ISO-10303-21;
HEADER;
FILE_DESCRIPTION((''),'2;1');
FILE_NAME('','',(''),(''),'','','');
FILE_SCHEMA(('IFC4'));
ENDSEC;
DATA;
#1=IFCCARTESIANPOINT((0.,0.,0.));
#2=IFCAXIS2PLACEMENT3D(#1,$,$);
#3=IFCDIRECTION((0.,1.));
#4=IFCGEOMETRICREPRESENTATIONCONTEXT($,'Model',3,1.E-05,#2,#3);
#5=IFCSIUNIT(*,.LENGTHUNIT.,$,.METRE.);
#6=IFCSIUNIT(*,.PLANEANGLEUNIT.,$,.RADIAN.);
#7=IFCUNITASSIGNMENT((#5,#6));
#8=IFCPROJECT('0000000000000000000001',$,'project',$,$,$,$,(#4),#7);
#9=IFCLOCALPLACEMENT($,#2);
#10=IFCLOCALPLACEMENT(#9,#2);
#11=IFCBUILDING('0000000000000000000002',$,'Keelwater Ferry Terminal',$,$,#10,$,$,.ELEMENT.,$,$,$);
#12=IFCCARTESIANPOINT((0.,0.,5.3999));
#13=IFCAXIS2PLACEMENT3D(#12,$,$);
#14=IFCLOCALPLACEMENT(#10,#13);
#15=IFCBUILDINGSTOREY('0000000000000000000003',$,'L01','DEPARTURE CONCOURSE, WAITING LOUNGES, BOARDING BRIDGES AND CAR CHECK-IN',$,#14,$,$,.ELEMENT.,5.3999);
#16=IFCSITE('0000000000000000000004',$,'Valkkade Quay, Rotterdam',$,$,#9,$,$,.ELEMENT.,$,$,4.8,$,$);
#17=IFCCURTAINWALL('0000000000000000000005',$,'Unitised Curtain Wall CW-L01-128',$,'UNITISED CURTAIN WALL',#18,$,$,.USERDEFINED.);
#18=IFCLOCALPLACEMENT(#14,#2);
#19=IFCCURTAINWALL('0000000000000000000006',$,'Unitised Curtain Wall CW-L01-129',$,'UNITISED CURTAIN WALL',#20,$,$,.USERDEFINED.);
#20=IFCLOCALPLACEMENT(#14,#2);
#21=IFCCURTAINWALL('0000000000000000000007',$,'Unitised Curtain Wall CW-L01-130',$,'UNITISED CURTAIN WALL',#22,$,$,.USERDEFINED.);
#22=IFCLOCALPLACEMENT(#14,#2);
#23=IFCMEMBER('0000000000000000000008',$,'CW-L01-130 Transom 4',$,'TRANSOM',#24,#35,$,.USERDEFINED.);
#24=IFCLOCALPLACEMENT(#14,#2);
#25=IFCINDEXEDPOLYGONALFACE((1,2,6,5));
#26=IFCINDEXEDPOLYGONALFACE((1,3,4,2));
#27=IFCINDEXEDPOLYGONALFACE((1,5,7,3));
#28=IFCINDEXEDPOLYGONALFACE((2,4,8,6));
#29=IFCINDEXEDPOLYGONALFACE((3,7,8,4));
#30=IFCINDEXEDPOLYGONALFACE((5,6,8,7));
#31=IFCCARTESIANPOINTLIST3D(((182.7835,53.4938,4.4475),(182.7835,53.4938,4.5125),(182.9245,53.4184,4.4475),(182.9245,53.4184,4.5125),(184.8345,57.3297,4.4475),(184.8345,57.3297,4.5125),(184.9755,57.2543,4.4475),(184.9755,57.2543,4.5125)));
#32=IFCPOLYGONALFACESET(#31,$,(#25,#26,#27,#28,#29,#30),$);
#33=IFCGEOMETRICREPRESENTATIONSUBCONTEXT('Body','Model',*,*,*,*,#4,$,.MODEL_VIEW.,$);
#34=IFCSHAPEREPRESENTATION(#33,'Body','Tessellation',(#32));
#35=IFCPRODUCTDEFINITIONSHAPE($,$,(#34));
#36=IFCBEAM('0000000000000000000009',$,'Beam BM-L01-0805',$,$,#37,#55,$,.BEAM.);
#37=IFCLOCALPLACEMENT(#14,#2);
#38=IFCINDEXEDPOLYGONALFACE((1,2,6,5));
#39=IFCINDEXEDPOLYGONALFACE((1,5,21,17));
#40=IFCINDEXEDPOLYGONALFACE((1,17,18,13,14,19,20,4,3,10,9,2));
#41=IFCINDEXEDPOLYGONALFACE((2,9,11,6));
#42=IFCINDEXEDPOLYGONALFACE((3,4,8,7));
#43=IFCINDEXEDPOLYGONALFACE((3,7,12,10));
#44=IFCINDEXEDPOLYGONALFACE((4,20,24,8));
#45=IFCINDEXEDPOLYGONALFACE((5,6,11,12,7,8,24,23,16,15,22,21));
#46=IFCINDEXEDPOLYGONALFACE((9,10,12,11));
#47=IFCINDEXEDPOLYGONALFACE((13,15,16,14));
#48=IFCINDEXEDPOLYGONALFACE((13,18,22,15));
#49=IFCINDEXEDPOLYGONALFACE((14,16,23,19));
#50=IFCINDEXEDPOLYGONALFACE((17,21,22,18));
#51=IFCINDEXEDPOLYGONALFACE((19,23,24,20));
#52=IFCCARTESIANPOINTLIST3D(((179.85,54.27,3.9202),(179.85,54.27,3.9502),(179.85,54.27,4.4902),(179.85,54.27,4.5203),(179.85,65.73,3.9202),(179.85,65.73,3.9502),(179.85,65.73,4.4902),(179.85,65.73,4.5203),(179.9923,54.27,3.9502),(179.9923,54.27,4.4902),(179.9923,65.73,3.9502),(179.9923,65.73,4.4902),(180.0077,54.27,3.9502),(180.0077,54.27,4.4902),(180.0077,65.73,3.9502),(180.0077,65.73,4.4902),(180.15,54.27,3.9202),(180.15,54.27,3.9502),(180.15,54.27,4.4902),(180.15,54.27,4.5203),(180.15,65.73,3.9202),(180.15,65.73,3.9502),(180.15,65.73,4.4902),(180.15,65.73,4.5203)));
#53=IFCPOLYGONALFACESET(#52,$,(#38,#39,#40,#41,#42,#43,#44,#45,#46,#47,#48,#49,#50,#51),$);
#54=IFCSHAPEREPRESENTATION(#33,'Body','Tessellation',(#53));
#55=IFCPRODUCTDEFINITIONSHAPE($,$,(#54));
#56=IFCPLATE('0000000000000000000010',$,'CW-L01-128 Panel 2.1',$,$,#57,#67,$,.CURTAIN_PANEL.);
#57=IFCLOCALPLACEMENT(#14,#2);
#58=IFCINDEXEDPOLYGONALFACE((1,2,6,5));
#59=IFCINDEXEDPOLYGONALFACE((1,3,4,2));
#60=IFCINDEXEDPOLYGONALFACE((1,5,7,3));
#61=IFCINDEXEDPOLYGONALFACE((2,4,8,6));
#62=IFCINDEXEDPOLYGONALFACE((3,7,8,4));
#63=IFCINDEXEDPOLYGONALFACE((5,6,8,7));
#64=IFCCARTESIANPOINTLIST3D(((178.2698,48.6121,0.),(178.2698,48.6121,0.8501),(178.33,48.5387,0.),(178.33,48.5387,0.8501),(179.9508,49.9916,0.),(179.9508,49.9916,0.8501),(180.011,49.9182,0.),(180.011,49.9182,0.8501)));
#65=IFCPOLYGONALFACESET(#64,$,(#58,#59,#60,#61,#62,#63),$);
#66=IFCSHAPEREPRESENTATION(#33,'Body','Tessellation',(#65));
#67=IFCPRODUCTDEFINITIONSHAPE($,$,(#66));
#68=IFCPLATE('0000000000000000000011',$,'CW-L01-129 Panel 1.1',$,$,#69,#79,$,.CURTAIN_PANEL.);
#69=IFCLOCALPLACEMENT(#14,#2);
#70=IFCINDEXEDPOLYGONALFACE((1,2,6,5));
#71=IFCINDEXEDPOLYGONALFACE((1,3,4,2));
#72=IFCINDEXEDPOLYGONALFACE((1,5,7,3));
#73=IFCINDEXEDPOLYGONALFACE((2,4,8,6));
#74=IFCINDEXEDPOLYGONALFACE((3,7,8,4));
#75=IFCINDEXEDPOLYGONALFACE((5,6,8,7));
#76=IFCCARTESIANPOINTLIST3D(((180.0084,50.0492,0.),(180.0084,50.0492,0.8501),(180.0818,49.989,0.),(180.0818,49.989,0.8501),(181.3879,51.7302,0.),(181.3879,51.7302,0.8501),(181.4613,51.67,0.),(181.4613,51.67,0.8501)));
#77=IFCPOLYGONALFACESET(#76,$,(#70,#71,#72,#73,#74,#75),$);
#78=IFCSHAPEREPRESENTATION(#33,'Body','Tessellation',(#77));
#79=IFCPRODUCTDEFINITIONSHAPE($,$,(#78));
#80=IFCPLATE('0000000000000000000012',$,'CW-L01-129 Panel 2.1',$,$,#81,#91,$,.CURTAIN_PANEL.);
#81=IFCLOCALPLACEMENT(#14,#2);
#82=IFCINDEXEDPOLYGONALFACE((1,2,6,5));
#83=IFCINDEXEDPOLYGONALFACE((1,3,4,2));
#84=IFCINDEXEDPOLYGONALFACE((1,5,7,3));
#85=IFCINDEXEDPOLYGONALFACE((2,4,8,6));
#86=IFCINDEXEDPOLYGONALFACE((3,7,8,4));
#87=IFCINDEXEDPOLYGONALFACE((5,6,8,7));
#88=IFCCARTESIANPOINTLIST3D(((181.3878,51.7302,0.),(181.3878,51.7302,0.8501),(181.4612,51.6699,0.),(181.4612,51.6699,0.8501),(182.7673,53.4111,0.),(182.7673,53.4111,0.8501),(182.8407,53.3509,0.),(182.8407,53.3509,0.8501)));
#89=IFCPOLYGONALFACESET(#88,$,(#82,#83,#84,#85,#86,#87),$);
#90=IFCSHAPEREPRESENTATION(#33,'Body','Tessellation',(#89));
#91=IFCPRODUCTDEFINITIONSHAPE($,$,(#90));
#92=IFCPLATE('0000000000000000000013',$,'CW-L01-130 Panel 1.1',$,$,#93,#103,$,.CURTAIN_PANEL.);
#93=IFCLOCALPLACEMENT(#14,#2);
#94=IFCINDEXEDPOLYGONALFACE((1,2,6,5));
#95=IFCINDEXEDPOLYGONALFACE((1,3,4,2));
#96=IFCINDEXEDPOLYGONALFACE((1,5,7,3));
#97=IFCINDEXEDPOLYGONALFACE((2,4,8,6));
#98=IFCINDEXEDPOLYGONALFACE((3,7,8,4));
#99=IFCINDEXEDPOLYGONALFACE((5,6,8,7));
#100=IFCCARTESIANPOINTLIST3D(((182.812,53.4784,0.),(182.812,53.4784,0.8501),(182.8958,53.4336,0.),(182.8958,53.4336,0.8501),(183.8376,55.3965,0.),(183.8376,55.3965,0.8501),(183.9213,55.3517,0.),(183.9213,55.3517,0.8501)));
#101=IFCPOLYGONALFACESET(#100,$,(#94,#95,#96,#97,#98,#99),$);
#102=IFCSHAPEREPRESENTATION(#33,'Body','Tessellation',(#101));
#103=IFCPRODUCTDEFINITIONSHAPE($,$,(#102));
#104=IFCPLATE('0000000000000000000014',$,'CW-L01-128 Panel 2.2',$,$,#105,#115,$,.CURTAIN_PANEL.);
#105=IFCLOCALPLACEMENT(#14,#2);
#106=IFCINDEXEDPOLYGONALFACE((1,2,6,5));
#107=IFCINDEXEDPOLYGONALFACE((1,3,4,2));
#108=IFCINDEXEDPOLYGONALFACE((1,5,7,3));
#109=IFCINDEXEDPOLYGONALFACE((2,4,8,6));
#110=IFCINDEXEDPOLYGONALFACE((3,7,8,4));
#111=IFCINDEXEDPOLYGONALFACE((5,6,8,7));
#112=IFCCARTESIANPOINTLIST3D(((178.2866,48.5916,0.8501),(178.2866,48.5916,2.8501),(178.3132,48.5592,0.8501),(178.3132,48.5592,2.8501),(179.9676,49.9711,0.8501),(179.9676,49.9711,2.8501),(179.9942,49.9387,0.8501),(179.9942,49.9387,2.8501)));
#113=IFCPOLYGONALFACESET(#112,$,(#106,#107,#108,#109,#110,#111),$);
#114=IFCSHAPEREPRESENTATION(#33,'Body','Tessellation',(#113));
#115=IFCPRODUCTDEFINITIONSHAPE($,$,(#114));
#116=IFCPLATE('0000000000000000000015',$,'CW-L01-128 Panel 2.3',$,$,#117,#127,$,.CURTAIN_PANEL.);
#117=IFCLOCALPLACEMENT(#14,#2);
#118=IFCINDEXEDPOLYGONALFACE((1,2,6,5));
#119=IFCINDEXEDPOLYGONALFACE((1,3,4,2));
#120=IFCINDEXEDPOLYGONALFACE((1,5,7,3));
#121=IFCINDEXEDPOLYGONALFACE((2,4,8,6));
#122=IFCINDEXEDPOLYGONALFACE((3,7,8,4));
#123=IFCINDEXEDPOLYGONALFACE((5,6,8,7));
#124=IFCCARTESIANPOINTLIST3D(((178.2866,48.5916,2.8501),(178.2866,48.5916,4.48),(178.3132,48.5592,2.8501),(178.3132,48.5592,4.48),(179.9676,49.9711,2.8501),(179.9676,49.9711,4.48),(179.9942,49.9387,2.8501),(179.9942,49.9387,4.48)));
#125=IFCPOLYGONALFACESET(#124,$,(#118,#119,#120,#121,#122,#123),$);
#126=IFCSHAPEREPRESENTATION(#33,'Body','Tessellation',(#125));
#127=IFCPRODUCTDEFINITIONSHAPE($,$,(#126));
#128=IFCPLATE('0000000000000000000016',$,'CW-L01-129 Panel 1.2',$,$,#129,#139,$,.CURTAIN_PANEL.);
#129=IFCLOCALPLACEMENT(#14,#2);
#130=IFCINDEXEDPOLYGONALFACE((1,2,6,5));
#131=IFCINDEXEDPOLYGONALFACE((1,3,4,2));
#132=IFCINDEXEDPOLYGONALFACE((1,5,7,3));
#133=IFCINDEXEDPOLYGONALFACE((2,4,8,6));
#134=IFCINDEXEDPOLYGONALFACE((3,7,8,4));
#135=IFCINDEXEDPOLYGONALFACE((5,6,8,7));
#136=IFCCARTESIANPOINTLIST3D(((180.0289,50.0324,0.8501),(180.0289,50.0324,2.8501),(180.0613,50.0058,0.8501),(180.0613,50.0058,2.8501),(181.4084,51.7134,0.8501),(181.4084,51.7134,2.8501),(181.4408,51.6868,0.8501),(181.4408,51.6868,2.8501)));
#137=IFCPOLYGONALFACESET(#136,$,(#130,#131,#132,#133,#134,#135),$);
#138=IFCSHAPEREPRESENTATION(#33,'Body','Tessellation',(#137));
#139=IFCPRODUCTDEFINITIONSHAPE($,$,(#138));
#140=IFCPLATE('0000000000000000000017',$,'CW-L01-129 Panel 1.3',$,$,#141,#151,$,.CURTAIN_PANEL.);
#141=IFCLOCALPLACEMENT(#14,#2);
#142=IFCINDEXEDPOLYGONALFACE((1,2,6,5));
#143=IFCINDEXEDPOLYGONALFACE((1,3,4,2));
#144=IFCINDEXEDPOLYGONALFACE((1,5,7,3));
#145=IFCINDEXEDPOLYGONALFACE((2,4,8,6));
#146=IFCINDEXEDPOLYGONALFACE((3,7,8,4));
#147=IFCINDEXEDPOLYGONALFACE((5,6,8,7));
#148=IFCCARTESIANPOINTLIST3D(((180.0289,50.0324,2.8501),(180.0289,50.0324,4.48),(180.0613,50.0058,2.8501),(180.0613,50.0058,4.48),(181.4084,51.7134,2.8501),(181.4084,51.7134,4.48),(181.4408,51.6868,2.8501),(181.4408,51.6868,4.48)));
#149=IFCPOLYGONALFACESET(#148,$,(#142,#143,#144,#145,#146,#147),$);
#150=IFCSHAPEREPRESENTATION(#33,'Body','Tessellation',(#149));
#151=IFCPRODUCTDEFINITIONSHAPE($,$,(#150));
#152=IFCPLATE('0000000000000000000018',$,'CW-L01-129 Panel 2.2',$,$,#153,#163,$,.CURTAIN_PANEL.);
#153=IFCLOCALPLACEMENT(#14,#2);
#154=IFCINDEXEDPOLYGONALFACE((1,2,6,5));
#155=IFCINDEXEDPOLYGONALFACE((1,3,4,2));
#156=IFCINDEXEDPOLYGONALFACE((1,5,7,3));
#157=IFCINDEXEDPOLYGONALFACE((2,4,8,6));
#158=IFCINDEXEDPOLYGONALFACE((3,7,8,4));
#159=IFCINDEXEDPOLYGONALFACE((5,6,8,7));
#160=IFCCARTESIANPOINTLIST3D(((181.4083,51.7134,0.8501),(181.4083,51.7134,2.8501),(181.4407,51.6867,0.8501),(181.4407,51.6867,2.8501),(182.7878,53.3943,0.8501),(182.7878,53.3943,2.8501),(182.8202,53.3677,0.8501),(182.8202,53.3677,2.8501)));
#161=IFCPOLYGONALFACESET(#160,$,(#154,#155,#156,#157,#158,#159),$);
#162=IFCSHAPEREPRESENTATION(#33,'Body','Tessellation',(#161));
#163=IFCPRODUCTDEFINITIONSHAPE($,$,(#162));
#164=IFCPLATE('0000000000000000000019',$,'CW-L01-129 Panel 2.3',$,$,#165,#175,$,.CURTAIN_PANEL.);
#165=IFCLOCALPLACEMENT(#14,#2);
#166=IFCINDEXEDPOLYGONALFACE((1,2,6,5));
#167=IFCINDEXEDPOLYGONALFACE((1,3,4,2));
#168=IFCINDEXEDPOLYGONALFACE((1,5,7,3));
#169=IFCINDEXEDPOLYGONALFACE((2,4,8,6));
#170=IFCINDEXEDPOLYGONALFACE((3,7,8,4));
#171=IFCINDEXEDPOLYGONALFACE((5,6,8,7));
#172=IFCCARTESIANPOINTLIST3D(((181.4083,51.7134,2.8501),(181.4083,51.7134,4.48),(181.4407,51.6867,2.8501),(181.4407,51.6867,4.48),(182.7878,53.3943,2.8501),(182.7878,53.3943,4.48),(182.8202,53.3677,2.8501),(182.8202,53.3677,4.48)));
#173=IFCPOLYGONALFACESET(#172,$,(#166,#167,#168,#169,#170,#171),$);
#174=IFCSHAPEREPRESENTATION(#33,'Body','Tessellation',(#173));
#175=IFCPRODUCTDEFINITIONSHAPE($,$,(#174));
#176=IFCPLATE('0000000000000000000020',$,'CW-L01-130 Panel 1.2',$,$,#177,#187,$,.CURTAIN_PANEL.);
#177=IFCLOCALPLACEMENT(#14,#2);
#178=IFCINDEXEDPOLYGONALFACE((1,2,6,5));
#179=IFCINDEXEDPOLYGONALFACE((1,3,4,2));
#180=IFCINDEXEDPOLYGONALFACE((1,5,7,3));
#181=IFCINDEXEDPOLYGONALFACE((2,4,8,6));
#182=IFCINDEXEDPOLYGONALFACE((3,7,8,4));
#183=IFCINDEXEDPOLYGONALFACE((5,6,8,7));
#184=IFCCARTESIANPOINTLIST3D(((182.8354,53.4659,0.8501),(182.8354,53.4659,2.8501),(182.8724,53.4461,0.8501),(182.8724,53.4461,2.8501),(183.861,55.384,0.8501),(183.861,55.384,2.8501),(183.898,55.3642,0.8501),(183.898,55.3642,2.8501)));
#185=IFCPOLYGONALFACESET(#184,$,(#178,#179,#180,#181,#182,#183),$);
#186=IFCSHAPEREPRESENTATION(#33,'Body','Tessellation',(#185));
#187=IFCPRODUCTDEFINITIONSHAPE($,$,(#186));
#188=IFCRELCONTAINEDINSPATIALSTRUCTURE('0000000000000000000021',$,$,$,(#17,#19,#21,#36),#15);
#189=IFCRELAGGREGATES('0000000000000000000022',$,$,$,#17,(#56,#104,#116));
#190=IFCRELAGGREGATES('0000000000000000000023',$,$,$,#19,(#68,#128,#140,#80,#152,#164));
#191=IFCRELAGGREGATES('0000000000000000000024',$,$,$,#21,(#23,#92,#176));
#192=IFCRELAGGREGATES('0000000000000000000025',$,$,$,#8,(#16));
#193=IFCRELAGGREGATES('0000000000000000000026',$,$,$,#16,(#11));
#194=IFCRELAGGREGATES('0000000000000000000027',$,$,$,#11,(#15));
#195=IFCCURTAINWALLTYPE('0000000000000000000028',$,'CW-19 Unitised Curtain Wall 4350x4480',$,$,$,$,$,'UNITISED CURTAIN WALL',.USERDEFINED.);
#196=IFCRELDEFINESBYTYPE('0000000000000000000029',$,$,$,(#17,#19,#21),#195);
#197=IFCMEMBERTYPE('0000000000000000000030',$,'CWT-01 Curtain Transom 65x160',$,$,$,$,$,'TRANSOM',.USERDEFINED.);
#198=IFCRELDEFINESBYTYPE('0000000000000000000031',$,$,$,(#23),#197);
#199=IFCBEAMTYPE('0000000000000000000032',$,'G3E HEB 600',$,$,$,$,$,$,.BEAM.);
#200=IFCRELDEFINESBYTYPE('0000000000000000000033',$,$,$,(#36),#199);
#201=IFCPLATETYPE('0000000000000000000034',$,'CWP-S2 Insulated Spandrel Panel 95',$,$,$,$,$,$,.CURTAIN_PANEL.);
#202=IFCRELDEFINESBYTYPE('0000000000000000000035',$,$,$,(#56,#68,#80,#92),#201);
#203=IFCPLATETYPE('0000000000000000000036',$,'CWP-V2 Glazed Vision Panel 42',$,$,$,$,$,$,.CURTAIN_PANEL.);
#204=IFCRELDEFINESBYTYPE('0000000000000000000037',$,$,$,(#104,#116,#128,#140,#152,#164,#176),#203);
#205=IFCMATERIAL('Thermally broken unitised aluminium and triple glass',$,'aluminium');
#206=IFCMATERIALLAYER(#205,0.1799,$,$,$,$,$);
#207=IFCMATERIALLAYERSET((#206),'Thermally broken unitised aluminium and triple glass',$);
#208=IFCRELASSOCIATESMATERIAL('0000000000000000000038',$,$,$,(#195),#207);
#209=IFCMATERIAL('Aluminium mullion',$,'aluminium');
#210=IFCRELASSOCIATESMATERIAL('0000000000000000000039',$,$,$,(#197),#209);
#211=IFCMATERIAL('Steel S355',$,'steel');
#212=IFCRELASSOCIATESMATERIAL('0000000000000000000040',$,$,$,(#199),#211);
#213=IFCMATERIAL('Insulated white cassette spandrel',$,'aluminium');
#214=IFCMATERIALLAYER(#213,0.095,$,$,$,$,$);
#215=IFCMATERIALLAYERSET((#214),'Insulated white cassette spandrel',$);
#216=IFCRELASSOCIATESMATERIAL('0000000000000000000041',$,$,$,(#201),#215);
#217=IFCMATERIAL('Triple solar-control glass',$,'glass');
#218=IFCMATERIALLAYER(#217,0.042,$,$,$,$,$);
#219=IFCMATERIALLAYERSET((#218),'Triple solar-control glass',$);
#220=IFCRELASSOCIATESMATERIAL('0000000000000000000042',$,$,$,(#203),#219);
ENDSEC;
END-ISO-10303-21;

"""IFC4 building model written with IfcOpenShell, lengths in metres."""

from ifc_helpers import new_model, si_unit, direction, frame, origin, origin_2d, place, context, subcontext, project, spatial, rectangle, i_section, extrude, material, layer, layer_set, material_profile, profile_set, type_object, element, aggregate, save


model = new_model("IFC4")

# Units and contexts
model_context = context("Model", 3, precision=1e-05, world=origin(), true_north=direction((0.0, 1.0)))
body_context = subcontext(model_context, "Body", "Model", "MODEL_VIEW")
ifc_project = project(units=[si_unit("LENGTHUNIT", "METRE"), si_unit("PLANEANGLEUNIT", "RADIAN")], contexts=[model_context])

# Site, building, storey
site_placement = place(None, origin())
site = spatial("IfcSite", under=ifc_project, at=site_placement, Name="Valkkade Quay, Rotterdam", CompositionType="ELEMENT", RefElevation=4.8)
building_placement = place(site_placement, origin())
building = spatial("IfcBuilding", under=site, at=building_placement, Name="Keelwater Ferry Terminal", CompositionType="ELEMENT")
storey_placement = place(building_placement, frame((0.0, 0.0, 5.3999)))
storey = spatial("IfcBuildingStorey", under=building, at=storey_placement, Name="L01", Description="DEPARTURE CONCOURSE, WAITING LOUNGES, BOARDING BRIDGES AND CAR CHECK-IN", CompositionType="ELEMENT", Elevation=5.3999)

# Curtain wall
ifc_material_1 = material(Name="Thermally broken unitised aluminium and triple glass", Category="aluminium")
ifc_layer_1 = layer(ifc_material_1, 0.1799)
ifc_layer_set_1 = layer_set([ifc_layer_1], Name="Thermally broken unitised aluminium and triple glass")
curtain_wall_type = type_object("IfcCurtainWallType", Name="CW-19 Unitised Curtain Wall 4350x4480", ElementType="UNITISED CURTAIN WALL", PredefinedType="USERDEFINED", material=ifc_layer_set_1)
curtain_wall_1_placement = place(storey_placement, origin())
curtain_wall_1 = element("IfcCurtainWall", 1, at=curtain_wall_1_placement, inside=storey, type_object=curtain_wall_type, Name="Unitised Curtain Wall CW-L01-128", ObjectType="UNITISED CURTAIN WALL", PredefinedType="USERDEFINED")

# Curtain walls
curtain_wall_2_placement = place(storey_placement, origin())
curtain_wall_2 = element("IfcCurtainWall", 2, at=curtain_wall_2_placement, inside=storey, type_object=curtain_wall_type, Name="Unitised Curtain Wall CW-L01-129", ObjectType="UNITISED CURTAIN WALL", PredefinedType="USERDEFINED")
curtain_wall_3_placement = place(storey_placement, origin())
curtain_wall_3 = element("IfcCurtainWall", 3, at=curtain_wall_3_placement, inside=storey, type_object=curtain_wall_type, Name="Unitised Curtain Wall CW-L01-130", ObjectType="UNITISED CURTAIN WALL", PredefinedType="USERDEFINED")

# Member
ifc_material_2 = material(Name="Aluminium mullion", Category="aluminium")
ifc_material_profile_1 = material_profile(ifc_material_2, rectangle(XDim=0.1599, YDim=0.0649, at=origin_2d()), Name="CWT-01")
ifc_profile_set_1 = profile_set([ifc_material_profile_1], Name="Aluminium mullion")
member_type_1 = type_object("IfcMemberType", Name="CWT-01 Curtain Transom 65x160", ElementType="TRANSOM", PredefinedType="USERDEFINED", material=ifc_profile_set_1)
member_1_placement = place(storey_placement, frame((182.854, 53.4561, 4.48), z_axis=(0.471517, 0.881857, 0.0), x_axis=(-0.881857, 0.471517, 0.0)))
member_1 = element("IfcMember", 4, at=member_1_placement, type_object=member_type_1, Name="CW-L01-130 Transom 4", ObjectType="TRANSOM", PredefinedType="USERDEFINED", context=body_context, shape_type="SweptSolid", body=[
    extrude(rectangle(XDim=0.1599, YDim=0.0649, at=origin_2d()), origin(), (0.0, 0.0, 1.0), 4.3499),
])

# Beam
ifc_material_3 = material(Name="Steel S355", Category="steel")
ifc_material_profile_2 = material_profile(ifc_material_3, i_section(OverallWidth=0.3, OverallDepth=0.6001, WebThickness=0.0154, FlangeThickness=0.03, at=origin_2d()), Name="HEB 600")
ifc_profile_set_2 = profile_set([ifc_material_profile_2], Name="Steel S355")
beam_type = type_object("IfcBeamType", Name="G3E HEB 600", PredefinedType="BEAM", material=ifc_profile_set_2)
beam_placement = place(storey_placement, frame((180.0, 54.27, 4.2202), z_axis=(0.0, 1.0, 0.0), x_axis=(-1.0, 0.0, 0.0)))
element("IfcBeam", 5, at=beam_placement, inside=storey, type_object=beam_type, Name="Beam BM-L01-0805", PredefinedType="BEAM", context=body_context, shape_type="SweptSolid", body=[
    extrude(i_section(OverallWidth=0.3, OverallDepth=0.6001, WebThickness=0.0154, FlangeThickness=0.03, at=origin_2d()), origin(), (0.0, 0.0, 1.0), 11.46),
])

# Plates
ifc_material_4 = material(Name="Insulated white cassette spandrel", Category="aluminium")
ifc_layer_2 = layer(ifc_material_4, 0.095)
ifc_layer_set_2 = layer_set([ifc_layer_2], Name="Insulated white cassette spandrel")
plate_type_1 = type_object("IfcPlateType", Name="CWP-S2 Insulated Spandrel Panel 95", PredefinedType="CURTAIN_PANEL", material=ifc_layer_set_2)
plate_1_placement = place(storey_placement, frame((179.1404, 49.2651, 0.0), z_axis=(0.0, 0.0, 1.0), x_axis=(0.773024, 0.634377, 0.0)))
plate_1 = element("IfcPlate", 6, at=plate_1_placement, type_object=plate_type_1, Name="CW-L01-128 Panel 2.1", PredefinedType="CURTAIN_PANEL", context=body_context, shape_type="SweptSolid", body=[
    extrude(rectangle(XDim=2.1746, YDim=0.095, at=origin_2d()), origin(), (0.0, 0.0, 1.0), 0.8501),
])
plate_2_placement = place(storey_placement, frame((180.7349, 50.8596, 0.0), z_axis=(0.0, 0.0, 1.0), x_axis=(0.634377, 0.773024, 0.0)))
plate_2 = element("IfcPlate", 7, at=plate_2_placement, type_object=plate_type_1, Name="CW-L01-129 Panel 1.1", PredefinedType="CURTAIN_PANEL", context=body_context, shape_type="SweptSolid", body=[
    extrude(rectangle(XDim=2.1746, YDim=0.095, at=origin_2d()), origin(), (0.0, 0.0, 1.0), 0.8501),
])
plate_3_placement = place(storey_placement, frame((182.1143, 52.5405, 0.0), z_axis=(0.0, 0.0, 1.0), x_axis=(0.634377, 0.773024, 0.0)))
plate_3 = element("IfcPlate", 8, at=plate_3_placement, type_object=plate_type_1, Name="CW-L01-129 Panel 2.1", PredefinedType="CURTAIN_PANEL", context=body_context, shape_type="SweptSolid", body=[
    extrude(rectangle(XDim=2.1746, YDim=0.095, at=origin_2d()), origin(), (0.0, 0.0, 1.0), 0.8501),
])
plate_4_placement = place(storey_placement, frame((183.3667, 54.415, 0.0), z_axis=(0.0, 0.0, 1.0), x_axis=(0.471507, 0.881862, 0.0)))
plate_4 = element("IfcPlate", 9, at=plate_4_placement, type_object=plate_type_1, Name="CW-L01-130 Panel 1.1", PredefinedType="CURTAIN_PANEL", context=body_context, shape_type="SweptSolid", body=[
    extrude(rectangle(XDim=2.175, YDim=0.095, at=origin_2d()), origin(), (0.0, 0.0, 1.0), 0.8501),
])
ifc_material_5 = material(Name="Triple solar-control glass", Category="glass")
ifc_layer_3 = layer(ifc_material_5, 0.042)
ifc_layer_set_3 = layer_set([ifc_layer_3], Name="Triple solar-control glass")
plate_type_2 = type_object("IfcPlateType", Name="CWP-V2 Glazed Vision Panel 42", PredefinedType="CURTAIN_PANEL", material=ifc_layer_set_3)
plate_5_placement = place(storey_placement, frame((179.1404, 49.2651, 0.8501), z_axis=(0.0, 0.0, 1.0), x_axis=(0.773024, 0.634377, 0.0)))
plate_5 = element("IfcPlate", 10, at=plate_5_placement, type_object=plate_type_2, Name="CW-L01-128 Panel 2.2", PredefinedType="CURTAIN_PANEL", context=body_context, shape_type="SweptSolid", body=[
    extrude(rectangle(XDim=2.1746, YDim=0.042, at=origin_2d()), origin(), (0.0, 0.0, 1.0), 2.0),
])
plate_6_placement = place(storey_placement, frame((179.1404, 49.2651, 2.8501), z_axis=(0.0, 0.0, 1.0), x_axis=(0.773024, 0.634377, 0.0)))
plate_6 = element("IfcPlate", 11, at=plate_6_placement, type_object=plate_type_2, Name="CW-L01-128 Panel 2.3", PredefinedType="CURTAIN_PANEL", context=body_context, shape_type="SweptSolid", body=[
    extrude(rectangle(XDim=2.1746, YDim=0.042, at=origin_2d()), origin(), (0.0, 0.0, 1.0), 1.6299),
])
aggregate(curtain_wall_1, [plate_1, plate_5, plate_6])
plate_7_placement = place(storey_placement, frame((180.7349, 50.8596, 0.8501), z_axis=(0.0, 0.0, 1.0), x_axis=(0.634377, 0.773024, 0.0)))
plate_7 = element("IfcPlate", 12, at=plate_7_placement, type_object=plate_type_2, Name="CW-L01-129 Panel 1.2", PredefinedType="CURTAIN_PANEL", context=body_context, shape_type="SweptSolid", body=[
    extrude(rectangle(XDim=2.1746, YDim=0.042, at=origin_2d()), origin(), (0.0, 0.0, 1.0), 2.0),
])
plate_8_placement = place(storey_placement, frame((180.7349, 50.8596, 2.8501), z_axis=(0.0, 0.0, 1.0), x_axis=(0.634377, 0.773024, 0.0)))
plate_8 = element("IfcPlate", 13, at=plate_8_placement, type_object=plate_type_2, Name="CW-L01-129 Panel 1.3", PredefinedType="CURTAIN_PANEL", context=body_context, shape_type="SweptSolid", body=[
    extrude(rectangle(XDim=2.1746, YDim=0.042, at=origin_2d()), origin(), (0.0, 0.0, 1.0), 1.6299),
])
plate_9_placement = place(storey_placement, frame((182.1143, 52.5405, 0.8501), z_axis=(0.0, 0.0, 1.0), x_axis=(0.634377, 0.773024, 0.0)))
plate_9 = element("IfcPlate", 14, at=plate_9_placement, type_object=plate_type_2, Name="CW-L01-129 Panel 2.2", PredefinedType="CURTAIN_PANEL", context=body_context, shape_type="SweptSolid", body=[
    extrude(rectangle(XDim=2.1746, YDim=0.042, at=origin_2d()), origin(), (0.0, 0.0, 1.0), 2.0),
])
plate_10_placement = place(storey_placement, frame((182.1143, 52.5405, 2.8501), z_axis=(0.0, 0.0, 1.0), x_axis=(0.634377, 0.773024, 0.0)))
plate_10 = element("IfcPlate", 15, at=plate_10_placement, type_object=plate_type_2, Name="CW-L01-129 Panel 2.3", PredefinedType="CURTAIN_PANEL", context=body_context, shape_type="SweptSolid", body=[
    extrude(rectangle(XDim=2.1746, YDim=0.042, at=origin_2d()), origin(), (0.0, 0.0, 1.0), 1.6299),
])
aggregate(curtain_wall_2, [plate_2, plate_7, plate_8, plate_3, plate_9, plate_10])
plate_11_placement = place(storey_placement, frame((183.3667, 54.415, 0.8501), z_axis=(0.0, 0.0, 1.0), x_axis=(0.471507, 0.881862, 0.0)))
plate_11 = element("IfcPlate", 16, at=plate_11_placement, type_object=plate_type_2, Name="CW-L01-130 Panel 1.2", PredefinedType="CURTAIN_PANEL", context=body_context, shape_type="SweptSolid", body=[
    extrude(rectangle(XDim=2.175, YDim=0.042, at=origin_2d()), origin(), (0.0, 0.0, 1.0), 2.0),
])
aggregate(curtain_wall_3, [member_1, plate_4, plate_11])

save(model, "model.ifc")
